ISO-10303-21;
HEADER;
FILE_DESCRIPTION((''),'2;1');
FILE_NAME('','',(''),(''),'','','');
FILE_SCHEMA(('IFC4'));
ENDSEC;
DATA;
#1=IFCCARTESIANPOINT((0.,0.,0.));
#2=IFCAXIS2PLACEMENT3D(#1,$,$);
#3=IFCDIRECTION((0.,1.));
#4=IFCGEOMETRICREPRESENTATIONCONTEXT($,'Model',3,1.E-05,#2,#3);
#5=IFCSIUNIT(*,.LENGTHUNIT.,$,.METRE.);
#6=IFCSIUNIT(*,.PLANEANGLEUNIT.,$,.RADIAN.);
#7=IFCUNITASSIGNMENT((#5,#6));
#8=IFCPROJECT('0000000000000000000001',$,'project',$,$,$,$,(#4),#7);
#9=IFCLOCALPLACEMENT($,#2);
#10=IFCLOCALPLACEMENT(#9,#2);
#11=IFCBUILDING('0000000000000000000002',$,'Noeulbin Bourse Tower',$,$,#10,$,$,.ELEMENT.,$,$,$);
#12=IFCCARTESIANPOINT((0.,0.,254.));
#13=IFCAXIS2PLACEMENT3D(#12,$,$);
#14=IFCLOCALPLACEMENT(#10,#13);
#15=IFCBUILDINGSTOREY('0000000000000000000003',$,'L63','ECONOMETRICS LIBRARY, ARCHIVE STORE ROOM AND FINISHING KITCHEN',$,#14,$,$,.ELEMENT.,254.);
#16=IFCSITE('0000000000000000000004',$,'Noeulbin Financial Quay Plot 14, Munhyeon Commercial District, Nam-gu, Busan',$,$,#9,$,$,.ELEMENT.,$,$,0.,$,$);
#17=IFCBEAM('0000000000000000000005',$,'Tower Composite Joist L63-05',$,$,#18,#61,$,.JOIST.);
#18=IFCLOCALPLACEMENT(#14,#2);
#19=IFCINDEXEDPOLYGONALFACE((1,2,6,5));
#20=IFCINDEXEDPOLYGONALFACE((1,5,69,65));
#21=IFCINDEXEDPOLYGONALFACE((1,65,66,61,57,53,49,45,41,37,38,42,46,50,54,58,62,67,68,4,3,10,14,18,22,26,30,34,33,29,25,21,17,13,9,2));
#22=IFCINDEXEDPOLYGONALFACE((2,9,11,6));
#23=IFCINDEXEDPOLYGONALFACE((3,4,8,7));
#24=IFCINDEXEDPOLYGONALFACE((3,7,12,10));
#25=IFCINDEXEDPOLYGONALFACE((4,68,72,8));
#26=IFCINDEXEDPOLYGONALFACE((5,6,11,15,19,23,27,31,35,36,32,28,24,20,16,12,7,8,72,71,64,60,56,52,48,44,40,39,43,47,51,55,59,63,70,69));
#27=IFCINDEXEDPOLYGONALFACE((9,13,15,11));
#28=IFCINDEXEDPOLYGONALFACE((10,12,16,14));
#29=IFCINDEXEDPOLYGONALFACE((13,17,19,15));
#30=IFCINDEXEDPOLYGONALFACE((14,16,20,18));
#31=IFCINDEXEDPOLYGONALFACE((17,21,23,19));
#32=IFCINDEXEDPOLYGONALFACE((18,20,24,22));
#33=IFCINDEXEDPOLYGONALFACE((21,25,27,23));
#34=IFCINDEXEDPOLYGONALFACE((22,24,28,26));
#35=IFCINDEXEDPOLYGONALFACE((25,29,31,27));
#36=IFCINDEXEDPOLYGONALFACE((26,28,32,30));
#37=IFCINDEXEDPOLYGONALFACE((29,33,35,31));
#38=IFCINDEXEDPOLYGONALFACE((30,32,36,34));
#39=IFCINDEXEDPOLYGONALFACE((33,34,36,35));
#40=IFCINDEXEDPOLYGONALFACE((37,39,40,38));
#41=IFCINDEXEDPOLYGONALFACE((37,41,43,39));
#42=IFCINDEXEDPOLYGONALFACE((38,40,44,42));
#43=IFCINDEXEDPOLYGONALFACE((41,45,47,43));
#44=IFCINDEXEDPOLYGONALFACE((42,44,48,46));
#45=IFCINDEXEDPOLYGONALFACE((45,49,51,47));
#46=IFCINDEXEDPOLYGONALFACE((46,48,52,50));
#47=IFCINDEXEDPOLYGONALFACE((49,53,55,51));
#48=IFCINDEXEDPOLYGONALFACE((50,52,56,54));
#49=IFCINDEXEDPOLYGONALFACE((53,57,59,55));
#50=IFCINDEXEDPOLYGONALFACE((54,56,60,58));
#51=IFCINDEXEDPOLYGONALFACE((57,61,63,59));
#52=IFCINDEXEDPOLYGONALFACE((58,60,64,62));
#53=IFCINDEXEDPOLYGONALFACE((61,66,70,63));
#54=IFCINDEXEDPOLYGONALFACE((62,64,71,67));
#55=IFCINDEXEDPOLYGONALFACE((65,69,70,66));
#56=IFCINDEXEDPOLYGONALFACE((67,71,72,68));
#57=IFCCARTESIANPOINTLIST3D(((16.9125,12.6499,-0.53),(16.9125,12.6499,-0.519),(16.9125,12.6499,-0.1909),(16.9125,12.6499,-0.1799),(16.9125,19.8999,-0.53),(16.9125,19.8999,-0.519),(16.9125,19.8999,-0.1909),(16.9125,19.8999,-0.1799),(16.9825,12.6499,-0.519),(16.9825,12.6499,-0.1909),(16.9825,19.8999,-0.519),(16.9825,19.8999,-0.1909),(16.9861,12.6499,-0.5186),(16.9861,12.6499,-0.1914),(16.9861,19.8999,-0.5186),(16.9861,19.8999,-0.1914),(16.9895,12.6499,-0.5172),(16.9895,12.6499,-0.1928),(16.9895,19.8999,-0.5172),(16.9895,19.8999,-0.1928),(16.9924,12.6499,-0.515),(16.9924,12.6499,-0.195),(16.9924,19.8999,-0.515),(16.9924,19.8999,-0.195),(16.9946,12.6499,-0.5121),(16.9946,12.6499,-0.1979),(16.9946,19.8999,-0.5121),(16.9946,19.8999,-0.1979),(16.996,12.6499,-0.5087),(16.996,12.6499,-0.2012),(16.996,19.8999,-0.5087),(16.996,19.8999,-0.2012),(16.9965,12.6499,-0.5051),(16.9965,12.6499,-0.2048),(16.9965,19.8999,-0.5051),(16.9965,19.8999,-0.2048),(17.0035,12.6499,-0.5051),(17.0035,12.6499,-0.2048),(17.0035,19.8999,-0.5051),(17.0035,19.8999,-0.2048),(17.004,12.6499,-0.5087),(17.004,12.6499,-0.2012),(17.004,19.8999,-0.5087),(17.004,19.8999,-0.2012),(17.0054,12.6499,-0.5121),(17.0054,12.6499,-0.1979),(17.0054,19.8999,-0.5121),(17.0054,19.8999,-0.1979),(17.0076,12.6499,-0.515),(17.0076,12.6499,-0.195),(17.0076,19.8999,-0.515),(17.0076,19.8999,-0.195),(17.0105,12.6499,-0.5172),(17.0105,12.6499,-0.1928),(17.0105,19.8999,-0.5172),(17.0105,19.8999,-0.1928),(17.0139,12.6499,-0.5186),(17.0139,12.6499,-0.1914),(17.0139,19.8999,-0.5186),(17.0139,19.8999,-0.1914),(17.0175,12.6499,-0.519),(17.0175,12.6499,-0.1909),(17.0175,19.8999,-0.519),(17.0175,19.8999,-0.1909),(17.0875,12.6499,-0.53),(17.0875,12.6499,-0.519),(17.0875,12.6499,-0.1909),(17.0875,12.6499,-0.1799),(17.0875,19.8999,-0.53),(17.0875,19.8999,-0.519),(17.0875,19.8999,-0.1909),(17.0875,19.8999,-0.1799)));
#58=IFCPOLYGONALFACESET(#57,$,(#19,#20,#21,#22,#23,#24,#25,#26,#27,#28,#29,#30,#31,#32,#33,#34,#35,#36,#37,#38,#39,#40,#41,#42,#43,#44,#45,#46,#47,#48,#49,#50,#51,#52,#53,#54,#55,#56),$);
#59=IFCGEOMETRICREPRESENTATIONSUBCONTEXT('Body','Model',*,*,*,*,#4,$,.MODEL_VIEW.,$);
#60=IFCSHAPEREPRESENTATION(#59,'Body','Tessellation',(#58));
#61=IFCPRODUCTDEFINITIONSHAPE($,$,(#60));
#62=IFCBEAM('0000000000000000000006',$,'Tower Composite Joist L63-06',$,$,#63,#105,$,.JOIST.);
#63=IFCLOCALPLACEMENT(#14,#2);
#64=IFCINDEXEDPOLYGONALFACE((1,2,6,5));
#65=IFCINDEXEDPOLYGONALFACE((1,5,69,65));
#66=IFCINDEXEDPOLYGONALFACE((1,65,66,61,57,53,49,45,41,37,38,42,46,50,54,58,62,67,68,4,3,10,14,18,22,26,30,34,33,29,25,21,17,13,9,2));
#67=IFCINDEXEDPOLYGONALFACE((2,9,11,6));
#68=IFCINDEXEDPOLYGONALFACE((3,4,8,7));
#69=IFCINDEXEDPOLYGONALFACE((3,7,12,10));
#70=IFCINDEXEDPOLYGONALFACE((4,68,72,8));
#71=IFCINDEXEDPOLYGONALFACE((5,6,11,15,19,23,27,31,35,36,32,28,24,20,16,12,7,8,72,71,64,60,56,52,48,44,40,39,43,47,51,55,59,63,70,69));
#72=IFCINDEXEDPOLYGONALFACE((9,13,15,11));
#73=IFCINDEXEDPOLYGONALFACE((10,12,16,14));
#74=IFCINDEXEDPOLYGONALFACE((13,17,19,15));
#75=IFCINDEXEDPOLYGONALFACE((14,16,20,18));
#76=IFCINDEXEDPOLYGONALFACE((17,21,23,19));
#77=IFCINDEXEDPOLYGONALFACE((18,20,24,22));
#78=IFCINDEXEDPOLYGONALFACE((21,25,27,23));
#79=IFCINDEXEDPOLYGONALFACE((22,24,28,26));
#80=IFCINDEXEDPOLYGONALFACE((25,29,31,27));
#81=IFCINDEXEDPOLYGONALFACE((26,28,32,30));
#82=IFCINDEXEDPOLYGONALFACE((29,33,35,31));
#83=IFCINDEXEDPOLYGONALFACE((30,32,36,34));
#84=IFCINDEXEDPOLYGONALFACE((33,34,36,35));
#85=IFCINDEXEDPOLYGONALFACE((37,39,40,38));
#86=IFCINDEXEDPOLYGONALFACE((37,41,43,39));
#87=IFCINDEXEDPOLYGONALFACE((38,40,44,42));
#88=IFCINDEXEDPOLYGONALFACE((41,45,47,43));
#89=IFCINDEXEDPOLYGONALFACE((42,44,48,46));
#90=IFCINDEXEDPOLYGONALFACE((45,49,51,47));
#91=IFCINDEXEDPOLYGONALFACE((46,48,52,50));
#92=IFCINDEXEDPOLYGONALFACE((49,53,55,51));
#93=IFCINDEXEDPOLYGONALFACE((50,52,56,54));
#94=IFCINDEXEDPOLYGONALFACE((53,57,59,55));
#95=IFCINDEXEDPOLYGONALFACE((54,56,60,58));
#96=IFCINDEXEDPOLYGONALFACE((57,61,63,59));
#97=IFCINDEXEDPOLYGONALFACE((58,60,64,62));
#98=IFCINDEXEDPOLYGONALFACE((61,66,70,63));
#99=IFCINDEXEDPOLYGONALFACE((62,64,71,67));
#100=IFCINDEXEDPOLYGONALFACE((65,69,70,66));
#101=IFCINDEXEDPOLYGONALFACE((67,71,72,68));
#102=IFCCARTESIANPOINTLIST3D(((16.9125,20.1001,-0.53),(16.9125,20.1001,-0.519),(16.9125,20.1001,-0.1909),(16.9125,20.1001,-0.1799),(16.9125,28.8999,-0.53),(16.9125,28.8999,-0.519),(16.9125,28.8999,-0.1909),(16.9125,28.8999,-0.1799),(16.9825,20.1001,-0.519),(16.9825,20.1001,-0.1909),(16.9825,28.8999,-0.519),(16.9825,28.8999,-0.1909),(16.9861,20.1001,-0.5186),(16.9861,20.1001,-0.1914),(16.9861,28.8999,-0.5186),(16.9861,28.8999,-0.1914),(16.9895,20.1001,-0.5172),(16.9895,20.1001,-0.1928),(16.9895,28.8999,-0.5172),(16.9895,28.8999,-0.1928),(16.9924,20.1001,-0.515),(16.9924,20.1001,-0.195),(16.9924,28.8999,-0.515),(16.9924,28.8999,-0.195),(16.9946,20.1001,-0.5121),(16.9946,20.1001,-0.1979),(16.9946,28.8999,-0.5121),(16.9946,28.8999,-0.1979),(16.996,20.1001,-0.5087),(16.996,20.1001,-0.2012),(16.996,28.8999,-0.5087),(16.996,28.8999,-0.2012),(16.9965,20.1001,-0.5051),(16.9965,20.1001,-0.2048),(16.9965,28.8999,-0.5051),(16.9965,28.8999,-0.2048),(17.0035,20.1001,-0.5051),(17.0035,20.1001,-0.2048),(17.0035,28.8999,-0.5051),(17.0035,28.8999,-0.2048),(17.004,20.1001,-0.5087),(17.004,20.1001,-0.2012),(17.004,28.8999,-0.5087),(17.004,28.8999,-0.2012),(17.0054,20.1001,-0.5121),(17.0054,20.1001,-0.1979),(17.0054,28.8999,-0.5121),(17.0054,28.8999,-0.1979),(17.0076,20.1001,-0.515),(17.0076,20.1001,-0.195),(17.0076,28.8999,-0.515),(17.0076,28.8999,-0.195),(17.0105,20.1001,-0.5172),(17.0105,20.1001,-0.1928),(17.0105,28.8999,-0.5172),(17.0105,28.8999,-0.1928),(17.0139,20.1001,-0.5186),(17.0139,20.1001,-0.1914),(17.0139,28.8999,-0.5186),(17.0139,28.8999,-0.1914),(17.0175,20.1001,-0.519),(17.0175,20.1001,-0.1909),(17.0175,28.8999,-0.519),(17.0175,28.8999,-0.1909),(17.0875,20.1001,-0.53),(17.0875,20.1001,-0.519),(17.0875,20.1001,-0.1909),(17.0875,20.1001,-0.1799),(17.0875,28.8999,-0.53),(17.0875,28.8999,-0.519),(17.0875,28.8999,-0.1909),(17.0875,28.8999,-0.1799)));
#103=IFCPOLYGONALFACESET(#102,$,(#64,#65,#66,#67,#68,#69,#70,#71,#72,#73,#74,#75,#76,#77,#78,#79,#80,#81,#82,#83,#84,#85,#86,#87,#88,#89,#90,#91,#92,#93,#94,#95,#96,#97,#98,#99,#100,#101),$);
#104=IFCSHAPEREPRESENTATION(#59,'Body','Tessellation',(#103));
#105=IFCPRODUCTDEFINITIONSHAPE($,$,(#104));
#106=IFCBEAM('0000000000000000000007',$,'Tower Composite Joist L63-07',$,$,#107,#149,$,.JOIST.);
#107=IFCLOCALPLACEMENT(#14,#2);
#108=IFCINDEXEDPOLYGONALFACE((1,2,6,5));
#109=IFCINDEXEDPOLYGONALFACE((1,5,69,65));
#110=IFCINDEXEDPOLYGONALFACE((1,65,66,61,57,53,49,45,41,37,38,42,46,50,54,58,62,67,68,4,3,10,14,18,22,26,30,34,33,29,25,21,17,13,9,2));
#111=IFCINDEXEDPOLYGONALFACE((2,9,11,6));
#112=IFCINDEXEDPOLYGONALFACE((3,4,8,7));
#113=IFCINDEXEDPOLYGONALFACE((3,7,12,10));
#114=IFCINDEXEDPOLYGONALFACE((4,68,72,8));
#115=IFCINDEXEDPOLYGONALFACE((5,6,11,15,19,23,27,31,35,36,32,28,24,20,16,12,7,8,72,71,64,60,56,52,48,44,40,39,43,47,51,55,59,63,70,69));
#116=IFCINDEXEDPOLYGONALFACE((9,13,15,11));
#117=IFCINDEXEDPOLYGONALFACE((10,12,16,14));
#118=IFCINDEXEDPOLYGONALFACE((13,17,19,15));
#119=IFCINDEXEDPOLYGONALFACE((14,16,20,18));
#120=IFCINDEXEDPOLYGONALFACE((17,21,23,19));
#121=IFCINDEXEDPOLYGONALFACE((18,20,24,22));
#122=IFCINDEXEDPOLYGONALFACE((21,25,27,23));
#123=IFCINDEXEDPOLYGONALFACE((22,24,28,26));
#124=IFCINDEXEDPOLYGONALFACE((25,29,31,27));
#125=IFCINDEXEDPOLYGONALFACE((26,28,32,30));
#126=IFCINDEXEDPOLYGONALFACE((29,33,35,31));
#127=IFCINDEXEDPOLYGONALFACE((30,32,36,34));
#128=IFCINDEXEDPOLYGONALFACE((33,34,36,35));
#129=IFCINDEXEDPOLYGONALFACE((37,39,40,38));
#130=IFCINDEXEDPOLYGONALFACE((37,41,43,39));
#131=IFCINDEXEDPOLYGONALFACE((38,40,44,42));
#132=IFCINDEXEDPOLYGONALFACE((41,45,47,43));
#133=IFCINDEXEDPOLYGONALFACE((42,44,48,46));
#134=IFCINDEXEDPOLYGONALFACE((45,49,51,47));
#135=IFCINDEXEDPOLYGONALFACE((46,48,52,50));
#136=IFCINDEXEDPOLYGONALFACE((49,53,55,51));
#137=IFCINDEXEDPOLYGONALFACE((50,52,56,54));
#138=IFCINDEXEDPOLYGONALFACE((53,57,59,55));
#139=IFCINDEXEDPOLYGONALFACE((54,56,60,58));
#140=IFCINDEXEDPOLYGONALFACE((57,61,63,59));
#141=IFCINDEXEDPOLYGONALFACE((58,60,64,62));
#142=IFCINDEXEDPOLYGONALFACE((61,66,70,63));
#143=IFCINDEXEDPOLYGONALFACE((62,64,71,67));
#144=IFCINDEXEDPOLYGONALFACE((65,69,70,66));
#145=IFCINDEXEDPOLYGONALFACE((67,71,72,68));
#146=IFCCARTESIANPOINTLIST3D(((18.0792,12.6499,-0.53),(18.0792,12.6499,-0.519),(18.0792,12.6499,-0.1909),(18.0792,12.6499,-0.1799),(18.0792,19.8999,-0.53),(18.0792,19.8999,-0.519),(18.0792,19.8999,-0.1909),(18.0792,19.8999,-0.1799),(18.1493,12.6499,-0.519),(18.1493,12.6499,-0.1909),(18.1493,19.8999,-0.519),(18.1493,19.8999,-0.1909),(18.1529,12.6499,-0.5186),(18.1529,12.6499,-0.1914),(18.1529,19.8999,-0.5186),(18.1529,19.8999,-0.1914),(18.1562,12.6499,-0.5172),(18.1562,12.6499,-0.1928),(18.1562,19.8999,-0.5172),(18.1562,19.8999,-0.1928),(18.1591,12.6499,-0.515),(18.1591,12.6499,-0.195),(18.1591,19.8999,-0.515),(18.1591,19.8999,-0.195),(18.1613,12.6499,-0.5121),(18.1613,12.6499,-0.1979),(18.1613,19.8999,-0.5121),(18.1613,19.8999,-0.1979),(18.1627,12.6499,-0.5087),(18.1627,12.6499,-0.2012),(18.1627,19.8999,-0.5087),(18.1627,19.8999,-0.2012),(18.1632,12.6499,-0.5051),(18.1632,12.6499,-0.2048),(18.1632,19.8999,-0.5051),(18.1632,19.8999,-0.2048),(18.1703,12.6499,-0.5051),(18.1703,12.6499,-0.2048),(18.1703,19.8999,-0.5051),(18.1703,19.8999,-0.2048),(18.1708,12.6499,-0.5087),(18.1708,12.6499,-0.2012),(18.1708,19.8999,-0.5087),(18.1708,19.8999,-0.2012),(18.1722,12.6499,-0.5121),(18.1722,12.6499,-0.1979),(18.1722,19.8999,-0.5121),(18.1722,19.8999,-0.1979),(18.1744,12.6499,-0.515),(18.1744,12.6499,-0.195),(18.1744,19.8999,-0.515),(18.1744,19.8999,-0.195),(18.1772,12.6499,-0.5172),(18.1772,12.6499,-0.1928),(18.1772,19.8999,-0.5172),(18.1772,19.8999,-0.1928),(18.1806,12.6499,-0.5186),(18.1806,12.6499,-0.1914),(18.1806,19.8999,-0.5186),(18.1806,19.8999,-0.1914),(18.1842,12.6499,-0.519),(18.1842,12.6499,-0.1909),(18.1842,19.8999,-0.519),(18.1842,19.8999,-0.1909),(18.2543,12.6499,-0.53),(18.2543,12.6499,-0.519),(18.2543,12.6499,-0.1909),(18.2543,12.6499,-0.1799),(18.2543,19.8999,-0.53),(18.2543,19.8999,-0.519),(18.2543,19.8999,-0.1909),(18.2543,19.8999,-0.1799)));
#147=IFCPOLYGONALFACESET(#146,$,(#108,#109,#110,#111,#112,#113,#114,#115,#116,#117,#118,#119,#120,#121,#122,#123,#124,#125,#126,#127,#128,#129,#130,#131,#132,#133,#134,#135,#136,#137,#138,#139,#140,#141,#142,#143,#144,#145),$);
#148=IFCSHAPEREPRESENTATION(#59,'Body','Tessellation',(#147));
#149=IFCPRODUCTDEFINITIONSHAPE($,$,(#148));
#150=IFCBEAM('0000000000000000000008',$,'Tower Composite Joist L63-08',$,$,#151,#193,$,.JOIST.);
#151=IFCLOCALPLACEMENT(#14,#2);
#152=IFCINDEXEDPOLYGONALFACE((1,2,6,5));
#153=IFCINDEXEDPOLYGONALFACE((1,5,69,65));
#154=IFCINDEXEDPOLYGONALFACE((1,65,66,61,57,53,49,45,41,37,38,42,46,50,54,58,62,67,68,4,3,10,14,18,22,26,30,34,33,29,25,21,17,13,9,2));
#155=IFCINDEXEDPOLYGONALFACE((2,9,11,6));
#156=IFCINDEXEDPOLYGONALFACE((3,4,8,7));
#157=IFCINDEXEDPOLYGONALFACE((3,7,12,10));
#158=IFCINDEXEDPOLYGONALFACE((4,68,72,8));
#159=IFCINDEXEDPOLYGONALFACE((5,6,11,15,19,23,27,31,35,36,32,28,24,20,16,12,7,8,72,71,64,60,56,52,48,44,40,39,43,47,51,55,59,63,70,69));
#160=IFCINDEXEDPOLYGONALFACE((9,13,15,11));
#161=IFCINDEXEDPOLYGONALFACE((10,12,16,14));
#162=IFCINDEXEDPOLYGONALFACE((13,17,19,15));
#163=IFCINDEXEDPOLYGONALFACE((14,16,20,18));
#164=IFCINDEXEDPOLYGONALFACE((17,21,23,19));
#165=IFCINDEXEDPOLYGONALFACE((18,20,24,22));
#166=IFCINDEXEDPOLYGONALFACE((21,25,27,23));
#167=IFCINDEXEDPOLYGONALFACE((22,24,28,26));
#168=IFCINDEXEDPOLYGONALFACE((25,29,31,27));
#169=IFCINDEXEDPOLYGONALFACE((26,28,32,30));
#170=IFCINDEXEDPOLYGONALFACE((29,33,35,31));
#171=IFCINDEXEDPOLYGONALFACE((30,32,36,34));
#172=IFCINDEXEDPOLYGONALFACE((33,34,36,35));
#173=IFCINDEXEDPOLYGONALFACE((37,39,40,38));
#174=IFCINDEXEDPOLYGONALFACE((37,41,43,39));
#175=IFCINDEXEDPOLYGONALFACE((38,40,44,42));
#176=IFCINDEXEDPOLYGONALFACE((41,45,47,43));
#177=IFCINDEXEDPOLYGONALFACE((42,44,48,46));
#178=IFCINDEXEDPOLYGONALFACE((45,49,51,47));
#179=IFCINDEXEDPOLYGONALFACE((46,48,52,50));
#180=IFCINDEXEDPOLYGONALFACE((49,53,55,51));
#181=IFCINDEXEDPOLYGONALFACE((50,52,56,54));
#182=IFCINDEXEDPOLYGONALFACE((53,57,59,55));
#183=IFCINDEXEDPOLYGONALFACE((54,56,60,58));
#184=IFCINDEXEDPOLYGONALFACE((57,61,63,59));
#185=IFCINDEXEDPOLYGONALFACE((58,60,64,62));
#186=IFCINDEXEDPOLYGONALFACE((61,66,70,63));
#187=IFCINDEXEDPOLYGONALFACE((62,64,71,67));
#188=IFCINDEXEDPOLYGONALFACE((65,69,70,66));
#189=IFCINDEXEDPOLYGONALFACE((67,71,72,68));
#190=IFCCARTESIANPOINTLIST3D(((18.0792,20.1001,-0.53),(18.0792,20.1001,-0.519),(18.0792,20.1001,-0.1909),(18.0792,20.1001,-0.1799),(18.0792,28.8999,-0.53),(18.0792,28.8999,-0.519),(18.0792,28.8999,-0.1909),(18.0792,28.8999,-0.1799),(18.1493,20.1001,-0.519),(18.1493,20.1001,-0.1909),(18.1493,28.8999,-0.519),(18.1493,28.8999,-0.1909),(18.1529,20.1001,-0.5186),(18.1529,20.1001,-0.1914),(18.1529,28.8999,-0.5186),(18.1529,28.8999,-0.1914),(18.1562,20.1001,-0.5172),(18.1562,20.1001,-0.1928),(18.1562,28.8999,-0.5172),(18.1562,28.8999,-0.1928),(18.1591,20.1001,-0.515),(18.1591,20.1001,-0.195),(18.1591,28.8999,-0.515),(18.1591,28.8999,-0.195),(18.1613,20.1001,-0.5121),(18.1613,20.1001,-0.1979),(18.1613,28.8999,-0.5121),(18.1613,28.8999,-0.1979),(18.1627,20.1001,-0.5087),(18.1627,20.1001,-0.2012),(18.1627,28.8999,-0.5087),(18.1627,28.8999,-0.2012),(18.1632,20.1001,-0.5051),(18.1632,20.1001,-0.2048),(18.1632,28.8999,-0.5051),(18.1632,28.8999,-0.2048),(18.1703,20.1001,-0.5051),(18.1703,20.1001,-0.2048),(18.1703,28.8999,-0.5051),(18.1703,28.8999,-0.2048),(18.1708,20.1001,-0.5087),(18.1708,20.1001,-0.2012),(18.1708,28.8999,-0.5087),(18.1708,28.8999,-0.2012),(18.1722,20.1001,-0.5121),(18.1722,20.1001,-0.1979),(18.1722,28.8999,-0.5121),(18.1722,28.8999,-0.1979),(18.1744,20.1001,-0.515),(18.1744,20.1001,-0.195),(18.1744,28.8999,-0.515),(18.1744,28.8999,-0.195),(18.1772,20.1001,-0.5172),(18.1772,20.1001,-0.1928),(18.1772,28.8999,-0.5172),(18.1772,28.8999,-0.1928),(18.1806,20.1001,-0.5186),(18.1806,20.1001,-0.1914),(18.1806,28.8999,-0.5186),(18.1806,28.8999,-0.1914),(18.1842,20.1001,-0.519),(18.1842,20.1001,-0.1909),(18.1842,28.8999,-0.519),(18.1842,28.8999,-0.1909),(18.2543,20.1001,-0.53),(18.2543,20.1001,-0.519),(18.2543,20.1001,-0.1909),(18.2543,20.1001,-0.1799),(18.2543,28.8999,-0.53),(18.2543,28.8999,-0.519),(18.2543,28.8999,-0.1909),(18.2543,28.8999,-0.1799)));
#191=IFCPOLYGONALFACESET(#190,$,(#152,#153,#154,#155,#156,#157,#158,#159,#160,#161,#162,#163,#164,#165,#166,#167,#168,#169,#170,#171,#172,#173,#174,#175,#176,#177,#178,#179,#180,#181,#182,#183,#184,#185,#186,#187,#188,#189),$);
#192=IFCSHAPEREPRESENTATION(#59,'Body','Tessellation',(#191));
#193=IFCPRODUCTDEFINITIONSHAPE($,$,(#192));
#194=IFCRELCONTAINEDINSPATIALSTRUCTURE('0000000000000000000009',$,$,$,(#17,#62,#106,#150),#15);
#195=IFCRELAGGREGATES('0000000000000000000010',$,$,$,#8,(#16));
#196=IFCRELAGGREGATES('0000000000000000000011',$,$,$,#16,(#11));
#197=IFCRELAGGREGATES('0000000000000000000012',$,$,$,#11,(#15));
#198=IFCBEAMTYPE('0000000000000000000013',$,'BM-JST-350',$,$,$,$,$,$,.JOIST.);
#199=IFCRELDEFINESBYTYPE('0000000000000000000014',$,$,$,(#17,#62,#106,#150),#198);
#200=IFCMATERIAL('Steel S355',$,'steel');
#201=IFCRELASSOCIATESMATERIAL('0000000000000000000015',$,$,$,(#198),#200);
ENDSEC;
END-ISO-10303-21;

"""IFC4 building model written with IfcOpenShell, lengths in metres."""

from ifc_helpers import new_model, si_unit, direction, frame, origin, origin_2d, place, context, subcontext, project, spatial, i_section, extrude, material, material_profile, profile_set, type_object, element, save


model = new_model("IFC4")

# Units and contexts
model_context = context("Model", 3, precision=1e-05, world=origin(), true_north=direction((0.0, 1.0)))
body_context = subcontext(model_context, "Body", "Model", "MODEL_VIEW")
ifc_project = project(units=[si_unit("LENGTHUNIT", "METRE"), si_unit("PLANEANGLEUNIT", "RADIAN")], contexts=[model_context])

# Site, building, storey
site_placement = place(None, origin())
site = spatial("IfcSite", under=ifc_project, at=site_placement, Name="Noeulbin Financial Quay Plot 14, Munhyeon Commercial District, Nam-gu, Busan", CompositionType="ELEMENT", RefElevation=0.0)
building_placement = place(site_placement, origin())
building = spatial("IfcBuilding", under=site, at=building_placement, Name="Noeulbin Bourse Tower", CompositionType="ELEMENT")
storey_placement = place(building_placement, frame((0.0, 0.0, 254.0)))
storey = spatial("IfcBuildingStorey", under=building, at=storey_placement, Name="L63", Description="ECONOMETRICS LIBRARY, ARCHIVE STORE ROOM AND FINISHING KITCHEN", CompositionType="ELEMENT", Elevation=254.0)

# Shared definitions
ifc_material_1 = material(Name="Steel S355", Category="steel")

# Beams
ifc_material_profile_1 = material_profile(ifc_material_1, i_section(OverallWidth=0.175, OverallDepth=0.3501, WebThickness=0.0071, FlangeThickness=0.011, FilletRadius=0.0139, at=origin_2d()), Name="H-350x175x7x11", Category="LoadBearing")
ifc_profile_set_1 = profile_set([ifc_material_profile_1], Name="Steel S355")
beam_type_1 = type_object("IfcBeamType", Name="BM-JST-350", PredefinedType="JOIST", material=ifc_profile_set_1)
beam_1_placement = place(storey_placement, frame((17.0, 12.6499, -0.355), z_axis=(0.0, 1.0, 0.0), x_axis=(-1.0, 0.0, 0.0)))
element("IfcBeam", 1, at=beam_1_placement, inside=storey, type_object=beam_type_1, Name="Tower Composite Joist L63-05", PredefinedType="JOIST", context=body_context, shape_type="SweptSolid", body=[
    extrude(i_section(OverallWidth=0.175, OverallDepth=0.3501, WebThickness=0.0071, FlangeThickness=0.011, FilletRadius=0.0139, at=origin_2d()), origin(), (0.0, 0.0, 1.0), 7.25),
])
beam_2_placement = place(storey_placement, frame((17.0, 20.1001, -0.355), z_axis=(0.0, 1.0, 0.0), x_axis=(-1.0, 0.0, 0.0)))
element("IfcBeam", 2, at=beam_2_placement, inside=storey, type_object=beam_type_1, Name="Tower Composite Joist L63-06", PredefinedType="JOIST", context=body_context, shape_type="SweptSolid", body=[
    extrude(i_section(OverallWidth=0.175, OverallDepth=0.3501, WebThickness=0.0071, FlangeThickness=0.011, FilletRadius=0.0139, at=origin_2d()), origin(), (0.0, 0.0, 1.0), 8.7998),
])
beam_3_placement = place(storey_placement, frame((18.1667, 12.6499, -0.355), z_axis=(0.0, 1.0, 0.0), x_axis=(-1.0, 0.0, 0.0)))
element("IfcBeam", 3, at=beam_3_placement, inside=storey, type_object=beam_type_1, Name="Tower Composite Joist L63-07", PredefinedType="JOIST", context=body_context, shape_type="SweptSolid", body=[
    extrude(i_section(OverallWidth=0.175, OverallDepth=0.3501, WebThickness=0.0071, FlangeThickness=0.011, FilletRadius=0.0139, at=origin_2d()), origin(), (0.0, 0.0, 1.0), 7.25),
])
beam_4_placement = place(storey_placement, frame((18.1667, 20.1001, -0.355), z_axis=(0.0, 1.0, 0.0), x_axis=(-1.0, 0.0, 0.0)))
element("IfcBeam", 4, at=beam_4_placement, inside=storey, type_object=beam_type_1, Name="Tower Composite Joist L63-08", PredefinedType="JOIST", context=body_context, shape_type="SweptSolid", body=[
    extrude(i_section(OverallWidth=0.175, OverallDepth=0.3501, WebThickness=0.0071, FlangeThickness=0.011, FilletRadius=0.0139, at=origin_2d()), origin(), (0.0, 0.0, 1.0), 8.7998),
])

save(model, "model.ifc")
